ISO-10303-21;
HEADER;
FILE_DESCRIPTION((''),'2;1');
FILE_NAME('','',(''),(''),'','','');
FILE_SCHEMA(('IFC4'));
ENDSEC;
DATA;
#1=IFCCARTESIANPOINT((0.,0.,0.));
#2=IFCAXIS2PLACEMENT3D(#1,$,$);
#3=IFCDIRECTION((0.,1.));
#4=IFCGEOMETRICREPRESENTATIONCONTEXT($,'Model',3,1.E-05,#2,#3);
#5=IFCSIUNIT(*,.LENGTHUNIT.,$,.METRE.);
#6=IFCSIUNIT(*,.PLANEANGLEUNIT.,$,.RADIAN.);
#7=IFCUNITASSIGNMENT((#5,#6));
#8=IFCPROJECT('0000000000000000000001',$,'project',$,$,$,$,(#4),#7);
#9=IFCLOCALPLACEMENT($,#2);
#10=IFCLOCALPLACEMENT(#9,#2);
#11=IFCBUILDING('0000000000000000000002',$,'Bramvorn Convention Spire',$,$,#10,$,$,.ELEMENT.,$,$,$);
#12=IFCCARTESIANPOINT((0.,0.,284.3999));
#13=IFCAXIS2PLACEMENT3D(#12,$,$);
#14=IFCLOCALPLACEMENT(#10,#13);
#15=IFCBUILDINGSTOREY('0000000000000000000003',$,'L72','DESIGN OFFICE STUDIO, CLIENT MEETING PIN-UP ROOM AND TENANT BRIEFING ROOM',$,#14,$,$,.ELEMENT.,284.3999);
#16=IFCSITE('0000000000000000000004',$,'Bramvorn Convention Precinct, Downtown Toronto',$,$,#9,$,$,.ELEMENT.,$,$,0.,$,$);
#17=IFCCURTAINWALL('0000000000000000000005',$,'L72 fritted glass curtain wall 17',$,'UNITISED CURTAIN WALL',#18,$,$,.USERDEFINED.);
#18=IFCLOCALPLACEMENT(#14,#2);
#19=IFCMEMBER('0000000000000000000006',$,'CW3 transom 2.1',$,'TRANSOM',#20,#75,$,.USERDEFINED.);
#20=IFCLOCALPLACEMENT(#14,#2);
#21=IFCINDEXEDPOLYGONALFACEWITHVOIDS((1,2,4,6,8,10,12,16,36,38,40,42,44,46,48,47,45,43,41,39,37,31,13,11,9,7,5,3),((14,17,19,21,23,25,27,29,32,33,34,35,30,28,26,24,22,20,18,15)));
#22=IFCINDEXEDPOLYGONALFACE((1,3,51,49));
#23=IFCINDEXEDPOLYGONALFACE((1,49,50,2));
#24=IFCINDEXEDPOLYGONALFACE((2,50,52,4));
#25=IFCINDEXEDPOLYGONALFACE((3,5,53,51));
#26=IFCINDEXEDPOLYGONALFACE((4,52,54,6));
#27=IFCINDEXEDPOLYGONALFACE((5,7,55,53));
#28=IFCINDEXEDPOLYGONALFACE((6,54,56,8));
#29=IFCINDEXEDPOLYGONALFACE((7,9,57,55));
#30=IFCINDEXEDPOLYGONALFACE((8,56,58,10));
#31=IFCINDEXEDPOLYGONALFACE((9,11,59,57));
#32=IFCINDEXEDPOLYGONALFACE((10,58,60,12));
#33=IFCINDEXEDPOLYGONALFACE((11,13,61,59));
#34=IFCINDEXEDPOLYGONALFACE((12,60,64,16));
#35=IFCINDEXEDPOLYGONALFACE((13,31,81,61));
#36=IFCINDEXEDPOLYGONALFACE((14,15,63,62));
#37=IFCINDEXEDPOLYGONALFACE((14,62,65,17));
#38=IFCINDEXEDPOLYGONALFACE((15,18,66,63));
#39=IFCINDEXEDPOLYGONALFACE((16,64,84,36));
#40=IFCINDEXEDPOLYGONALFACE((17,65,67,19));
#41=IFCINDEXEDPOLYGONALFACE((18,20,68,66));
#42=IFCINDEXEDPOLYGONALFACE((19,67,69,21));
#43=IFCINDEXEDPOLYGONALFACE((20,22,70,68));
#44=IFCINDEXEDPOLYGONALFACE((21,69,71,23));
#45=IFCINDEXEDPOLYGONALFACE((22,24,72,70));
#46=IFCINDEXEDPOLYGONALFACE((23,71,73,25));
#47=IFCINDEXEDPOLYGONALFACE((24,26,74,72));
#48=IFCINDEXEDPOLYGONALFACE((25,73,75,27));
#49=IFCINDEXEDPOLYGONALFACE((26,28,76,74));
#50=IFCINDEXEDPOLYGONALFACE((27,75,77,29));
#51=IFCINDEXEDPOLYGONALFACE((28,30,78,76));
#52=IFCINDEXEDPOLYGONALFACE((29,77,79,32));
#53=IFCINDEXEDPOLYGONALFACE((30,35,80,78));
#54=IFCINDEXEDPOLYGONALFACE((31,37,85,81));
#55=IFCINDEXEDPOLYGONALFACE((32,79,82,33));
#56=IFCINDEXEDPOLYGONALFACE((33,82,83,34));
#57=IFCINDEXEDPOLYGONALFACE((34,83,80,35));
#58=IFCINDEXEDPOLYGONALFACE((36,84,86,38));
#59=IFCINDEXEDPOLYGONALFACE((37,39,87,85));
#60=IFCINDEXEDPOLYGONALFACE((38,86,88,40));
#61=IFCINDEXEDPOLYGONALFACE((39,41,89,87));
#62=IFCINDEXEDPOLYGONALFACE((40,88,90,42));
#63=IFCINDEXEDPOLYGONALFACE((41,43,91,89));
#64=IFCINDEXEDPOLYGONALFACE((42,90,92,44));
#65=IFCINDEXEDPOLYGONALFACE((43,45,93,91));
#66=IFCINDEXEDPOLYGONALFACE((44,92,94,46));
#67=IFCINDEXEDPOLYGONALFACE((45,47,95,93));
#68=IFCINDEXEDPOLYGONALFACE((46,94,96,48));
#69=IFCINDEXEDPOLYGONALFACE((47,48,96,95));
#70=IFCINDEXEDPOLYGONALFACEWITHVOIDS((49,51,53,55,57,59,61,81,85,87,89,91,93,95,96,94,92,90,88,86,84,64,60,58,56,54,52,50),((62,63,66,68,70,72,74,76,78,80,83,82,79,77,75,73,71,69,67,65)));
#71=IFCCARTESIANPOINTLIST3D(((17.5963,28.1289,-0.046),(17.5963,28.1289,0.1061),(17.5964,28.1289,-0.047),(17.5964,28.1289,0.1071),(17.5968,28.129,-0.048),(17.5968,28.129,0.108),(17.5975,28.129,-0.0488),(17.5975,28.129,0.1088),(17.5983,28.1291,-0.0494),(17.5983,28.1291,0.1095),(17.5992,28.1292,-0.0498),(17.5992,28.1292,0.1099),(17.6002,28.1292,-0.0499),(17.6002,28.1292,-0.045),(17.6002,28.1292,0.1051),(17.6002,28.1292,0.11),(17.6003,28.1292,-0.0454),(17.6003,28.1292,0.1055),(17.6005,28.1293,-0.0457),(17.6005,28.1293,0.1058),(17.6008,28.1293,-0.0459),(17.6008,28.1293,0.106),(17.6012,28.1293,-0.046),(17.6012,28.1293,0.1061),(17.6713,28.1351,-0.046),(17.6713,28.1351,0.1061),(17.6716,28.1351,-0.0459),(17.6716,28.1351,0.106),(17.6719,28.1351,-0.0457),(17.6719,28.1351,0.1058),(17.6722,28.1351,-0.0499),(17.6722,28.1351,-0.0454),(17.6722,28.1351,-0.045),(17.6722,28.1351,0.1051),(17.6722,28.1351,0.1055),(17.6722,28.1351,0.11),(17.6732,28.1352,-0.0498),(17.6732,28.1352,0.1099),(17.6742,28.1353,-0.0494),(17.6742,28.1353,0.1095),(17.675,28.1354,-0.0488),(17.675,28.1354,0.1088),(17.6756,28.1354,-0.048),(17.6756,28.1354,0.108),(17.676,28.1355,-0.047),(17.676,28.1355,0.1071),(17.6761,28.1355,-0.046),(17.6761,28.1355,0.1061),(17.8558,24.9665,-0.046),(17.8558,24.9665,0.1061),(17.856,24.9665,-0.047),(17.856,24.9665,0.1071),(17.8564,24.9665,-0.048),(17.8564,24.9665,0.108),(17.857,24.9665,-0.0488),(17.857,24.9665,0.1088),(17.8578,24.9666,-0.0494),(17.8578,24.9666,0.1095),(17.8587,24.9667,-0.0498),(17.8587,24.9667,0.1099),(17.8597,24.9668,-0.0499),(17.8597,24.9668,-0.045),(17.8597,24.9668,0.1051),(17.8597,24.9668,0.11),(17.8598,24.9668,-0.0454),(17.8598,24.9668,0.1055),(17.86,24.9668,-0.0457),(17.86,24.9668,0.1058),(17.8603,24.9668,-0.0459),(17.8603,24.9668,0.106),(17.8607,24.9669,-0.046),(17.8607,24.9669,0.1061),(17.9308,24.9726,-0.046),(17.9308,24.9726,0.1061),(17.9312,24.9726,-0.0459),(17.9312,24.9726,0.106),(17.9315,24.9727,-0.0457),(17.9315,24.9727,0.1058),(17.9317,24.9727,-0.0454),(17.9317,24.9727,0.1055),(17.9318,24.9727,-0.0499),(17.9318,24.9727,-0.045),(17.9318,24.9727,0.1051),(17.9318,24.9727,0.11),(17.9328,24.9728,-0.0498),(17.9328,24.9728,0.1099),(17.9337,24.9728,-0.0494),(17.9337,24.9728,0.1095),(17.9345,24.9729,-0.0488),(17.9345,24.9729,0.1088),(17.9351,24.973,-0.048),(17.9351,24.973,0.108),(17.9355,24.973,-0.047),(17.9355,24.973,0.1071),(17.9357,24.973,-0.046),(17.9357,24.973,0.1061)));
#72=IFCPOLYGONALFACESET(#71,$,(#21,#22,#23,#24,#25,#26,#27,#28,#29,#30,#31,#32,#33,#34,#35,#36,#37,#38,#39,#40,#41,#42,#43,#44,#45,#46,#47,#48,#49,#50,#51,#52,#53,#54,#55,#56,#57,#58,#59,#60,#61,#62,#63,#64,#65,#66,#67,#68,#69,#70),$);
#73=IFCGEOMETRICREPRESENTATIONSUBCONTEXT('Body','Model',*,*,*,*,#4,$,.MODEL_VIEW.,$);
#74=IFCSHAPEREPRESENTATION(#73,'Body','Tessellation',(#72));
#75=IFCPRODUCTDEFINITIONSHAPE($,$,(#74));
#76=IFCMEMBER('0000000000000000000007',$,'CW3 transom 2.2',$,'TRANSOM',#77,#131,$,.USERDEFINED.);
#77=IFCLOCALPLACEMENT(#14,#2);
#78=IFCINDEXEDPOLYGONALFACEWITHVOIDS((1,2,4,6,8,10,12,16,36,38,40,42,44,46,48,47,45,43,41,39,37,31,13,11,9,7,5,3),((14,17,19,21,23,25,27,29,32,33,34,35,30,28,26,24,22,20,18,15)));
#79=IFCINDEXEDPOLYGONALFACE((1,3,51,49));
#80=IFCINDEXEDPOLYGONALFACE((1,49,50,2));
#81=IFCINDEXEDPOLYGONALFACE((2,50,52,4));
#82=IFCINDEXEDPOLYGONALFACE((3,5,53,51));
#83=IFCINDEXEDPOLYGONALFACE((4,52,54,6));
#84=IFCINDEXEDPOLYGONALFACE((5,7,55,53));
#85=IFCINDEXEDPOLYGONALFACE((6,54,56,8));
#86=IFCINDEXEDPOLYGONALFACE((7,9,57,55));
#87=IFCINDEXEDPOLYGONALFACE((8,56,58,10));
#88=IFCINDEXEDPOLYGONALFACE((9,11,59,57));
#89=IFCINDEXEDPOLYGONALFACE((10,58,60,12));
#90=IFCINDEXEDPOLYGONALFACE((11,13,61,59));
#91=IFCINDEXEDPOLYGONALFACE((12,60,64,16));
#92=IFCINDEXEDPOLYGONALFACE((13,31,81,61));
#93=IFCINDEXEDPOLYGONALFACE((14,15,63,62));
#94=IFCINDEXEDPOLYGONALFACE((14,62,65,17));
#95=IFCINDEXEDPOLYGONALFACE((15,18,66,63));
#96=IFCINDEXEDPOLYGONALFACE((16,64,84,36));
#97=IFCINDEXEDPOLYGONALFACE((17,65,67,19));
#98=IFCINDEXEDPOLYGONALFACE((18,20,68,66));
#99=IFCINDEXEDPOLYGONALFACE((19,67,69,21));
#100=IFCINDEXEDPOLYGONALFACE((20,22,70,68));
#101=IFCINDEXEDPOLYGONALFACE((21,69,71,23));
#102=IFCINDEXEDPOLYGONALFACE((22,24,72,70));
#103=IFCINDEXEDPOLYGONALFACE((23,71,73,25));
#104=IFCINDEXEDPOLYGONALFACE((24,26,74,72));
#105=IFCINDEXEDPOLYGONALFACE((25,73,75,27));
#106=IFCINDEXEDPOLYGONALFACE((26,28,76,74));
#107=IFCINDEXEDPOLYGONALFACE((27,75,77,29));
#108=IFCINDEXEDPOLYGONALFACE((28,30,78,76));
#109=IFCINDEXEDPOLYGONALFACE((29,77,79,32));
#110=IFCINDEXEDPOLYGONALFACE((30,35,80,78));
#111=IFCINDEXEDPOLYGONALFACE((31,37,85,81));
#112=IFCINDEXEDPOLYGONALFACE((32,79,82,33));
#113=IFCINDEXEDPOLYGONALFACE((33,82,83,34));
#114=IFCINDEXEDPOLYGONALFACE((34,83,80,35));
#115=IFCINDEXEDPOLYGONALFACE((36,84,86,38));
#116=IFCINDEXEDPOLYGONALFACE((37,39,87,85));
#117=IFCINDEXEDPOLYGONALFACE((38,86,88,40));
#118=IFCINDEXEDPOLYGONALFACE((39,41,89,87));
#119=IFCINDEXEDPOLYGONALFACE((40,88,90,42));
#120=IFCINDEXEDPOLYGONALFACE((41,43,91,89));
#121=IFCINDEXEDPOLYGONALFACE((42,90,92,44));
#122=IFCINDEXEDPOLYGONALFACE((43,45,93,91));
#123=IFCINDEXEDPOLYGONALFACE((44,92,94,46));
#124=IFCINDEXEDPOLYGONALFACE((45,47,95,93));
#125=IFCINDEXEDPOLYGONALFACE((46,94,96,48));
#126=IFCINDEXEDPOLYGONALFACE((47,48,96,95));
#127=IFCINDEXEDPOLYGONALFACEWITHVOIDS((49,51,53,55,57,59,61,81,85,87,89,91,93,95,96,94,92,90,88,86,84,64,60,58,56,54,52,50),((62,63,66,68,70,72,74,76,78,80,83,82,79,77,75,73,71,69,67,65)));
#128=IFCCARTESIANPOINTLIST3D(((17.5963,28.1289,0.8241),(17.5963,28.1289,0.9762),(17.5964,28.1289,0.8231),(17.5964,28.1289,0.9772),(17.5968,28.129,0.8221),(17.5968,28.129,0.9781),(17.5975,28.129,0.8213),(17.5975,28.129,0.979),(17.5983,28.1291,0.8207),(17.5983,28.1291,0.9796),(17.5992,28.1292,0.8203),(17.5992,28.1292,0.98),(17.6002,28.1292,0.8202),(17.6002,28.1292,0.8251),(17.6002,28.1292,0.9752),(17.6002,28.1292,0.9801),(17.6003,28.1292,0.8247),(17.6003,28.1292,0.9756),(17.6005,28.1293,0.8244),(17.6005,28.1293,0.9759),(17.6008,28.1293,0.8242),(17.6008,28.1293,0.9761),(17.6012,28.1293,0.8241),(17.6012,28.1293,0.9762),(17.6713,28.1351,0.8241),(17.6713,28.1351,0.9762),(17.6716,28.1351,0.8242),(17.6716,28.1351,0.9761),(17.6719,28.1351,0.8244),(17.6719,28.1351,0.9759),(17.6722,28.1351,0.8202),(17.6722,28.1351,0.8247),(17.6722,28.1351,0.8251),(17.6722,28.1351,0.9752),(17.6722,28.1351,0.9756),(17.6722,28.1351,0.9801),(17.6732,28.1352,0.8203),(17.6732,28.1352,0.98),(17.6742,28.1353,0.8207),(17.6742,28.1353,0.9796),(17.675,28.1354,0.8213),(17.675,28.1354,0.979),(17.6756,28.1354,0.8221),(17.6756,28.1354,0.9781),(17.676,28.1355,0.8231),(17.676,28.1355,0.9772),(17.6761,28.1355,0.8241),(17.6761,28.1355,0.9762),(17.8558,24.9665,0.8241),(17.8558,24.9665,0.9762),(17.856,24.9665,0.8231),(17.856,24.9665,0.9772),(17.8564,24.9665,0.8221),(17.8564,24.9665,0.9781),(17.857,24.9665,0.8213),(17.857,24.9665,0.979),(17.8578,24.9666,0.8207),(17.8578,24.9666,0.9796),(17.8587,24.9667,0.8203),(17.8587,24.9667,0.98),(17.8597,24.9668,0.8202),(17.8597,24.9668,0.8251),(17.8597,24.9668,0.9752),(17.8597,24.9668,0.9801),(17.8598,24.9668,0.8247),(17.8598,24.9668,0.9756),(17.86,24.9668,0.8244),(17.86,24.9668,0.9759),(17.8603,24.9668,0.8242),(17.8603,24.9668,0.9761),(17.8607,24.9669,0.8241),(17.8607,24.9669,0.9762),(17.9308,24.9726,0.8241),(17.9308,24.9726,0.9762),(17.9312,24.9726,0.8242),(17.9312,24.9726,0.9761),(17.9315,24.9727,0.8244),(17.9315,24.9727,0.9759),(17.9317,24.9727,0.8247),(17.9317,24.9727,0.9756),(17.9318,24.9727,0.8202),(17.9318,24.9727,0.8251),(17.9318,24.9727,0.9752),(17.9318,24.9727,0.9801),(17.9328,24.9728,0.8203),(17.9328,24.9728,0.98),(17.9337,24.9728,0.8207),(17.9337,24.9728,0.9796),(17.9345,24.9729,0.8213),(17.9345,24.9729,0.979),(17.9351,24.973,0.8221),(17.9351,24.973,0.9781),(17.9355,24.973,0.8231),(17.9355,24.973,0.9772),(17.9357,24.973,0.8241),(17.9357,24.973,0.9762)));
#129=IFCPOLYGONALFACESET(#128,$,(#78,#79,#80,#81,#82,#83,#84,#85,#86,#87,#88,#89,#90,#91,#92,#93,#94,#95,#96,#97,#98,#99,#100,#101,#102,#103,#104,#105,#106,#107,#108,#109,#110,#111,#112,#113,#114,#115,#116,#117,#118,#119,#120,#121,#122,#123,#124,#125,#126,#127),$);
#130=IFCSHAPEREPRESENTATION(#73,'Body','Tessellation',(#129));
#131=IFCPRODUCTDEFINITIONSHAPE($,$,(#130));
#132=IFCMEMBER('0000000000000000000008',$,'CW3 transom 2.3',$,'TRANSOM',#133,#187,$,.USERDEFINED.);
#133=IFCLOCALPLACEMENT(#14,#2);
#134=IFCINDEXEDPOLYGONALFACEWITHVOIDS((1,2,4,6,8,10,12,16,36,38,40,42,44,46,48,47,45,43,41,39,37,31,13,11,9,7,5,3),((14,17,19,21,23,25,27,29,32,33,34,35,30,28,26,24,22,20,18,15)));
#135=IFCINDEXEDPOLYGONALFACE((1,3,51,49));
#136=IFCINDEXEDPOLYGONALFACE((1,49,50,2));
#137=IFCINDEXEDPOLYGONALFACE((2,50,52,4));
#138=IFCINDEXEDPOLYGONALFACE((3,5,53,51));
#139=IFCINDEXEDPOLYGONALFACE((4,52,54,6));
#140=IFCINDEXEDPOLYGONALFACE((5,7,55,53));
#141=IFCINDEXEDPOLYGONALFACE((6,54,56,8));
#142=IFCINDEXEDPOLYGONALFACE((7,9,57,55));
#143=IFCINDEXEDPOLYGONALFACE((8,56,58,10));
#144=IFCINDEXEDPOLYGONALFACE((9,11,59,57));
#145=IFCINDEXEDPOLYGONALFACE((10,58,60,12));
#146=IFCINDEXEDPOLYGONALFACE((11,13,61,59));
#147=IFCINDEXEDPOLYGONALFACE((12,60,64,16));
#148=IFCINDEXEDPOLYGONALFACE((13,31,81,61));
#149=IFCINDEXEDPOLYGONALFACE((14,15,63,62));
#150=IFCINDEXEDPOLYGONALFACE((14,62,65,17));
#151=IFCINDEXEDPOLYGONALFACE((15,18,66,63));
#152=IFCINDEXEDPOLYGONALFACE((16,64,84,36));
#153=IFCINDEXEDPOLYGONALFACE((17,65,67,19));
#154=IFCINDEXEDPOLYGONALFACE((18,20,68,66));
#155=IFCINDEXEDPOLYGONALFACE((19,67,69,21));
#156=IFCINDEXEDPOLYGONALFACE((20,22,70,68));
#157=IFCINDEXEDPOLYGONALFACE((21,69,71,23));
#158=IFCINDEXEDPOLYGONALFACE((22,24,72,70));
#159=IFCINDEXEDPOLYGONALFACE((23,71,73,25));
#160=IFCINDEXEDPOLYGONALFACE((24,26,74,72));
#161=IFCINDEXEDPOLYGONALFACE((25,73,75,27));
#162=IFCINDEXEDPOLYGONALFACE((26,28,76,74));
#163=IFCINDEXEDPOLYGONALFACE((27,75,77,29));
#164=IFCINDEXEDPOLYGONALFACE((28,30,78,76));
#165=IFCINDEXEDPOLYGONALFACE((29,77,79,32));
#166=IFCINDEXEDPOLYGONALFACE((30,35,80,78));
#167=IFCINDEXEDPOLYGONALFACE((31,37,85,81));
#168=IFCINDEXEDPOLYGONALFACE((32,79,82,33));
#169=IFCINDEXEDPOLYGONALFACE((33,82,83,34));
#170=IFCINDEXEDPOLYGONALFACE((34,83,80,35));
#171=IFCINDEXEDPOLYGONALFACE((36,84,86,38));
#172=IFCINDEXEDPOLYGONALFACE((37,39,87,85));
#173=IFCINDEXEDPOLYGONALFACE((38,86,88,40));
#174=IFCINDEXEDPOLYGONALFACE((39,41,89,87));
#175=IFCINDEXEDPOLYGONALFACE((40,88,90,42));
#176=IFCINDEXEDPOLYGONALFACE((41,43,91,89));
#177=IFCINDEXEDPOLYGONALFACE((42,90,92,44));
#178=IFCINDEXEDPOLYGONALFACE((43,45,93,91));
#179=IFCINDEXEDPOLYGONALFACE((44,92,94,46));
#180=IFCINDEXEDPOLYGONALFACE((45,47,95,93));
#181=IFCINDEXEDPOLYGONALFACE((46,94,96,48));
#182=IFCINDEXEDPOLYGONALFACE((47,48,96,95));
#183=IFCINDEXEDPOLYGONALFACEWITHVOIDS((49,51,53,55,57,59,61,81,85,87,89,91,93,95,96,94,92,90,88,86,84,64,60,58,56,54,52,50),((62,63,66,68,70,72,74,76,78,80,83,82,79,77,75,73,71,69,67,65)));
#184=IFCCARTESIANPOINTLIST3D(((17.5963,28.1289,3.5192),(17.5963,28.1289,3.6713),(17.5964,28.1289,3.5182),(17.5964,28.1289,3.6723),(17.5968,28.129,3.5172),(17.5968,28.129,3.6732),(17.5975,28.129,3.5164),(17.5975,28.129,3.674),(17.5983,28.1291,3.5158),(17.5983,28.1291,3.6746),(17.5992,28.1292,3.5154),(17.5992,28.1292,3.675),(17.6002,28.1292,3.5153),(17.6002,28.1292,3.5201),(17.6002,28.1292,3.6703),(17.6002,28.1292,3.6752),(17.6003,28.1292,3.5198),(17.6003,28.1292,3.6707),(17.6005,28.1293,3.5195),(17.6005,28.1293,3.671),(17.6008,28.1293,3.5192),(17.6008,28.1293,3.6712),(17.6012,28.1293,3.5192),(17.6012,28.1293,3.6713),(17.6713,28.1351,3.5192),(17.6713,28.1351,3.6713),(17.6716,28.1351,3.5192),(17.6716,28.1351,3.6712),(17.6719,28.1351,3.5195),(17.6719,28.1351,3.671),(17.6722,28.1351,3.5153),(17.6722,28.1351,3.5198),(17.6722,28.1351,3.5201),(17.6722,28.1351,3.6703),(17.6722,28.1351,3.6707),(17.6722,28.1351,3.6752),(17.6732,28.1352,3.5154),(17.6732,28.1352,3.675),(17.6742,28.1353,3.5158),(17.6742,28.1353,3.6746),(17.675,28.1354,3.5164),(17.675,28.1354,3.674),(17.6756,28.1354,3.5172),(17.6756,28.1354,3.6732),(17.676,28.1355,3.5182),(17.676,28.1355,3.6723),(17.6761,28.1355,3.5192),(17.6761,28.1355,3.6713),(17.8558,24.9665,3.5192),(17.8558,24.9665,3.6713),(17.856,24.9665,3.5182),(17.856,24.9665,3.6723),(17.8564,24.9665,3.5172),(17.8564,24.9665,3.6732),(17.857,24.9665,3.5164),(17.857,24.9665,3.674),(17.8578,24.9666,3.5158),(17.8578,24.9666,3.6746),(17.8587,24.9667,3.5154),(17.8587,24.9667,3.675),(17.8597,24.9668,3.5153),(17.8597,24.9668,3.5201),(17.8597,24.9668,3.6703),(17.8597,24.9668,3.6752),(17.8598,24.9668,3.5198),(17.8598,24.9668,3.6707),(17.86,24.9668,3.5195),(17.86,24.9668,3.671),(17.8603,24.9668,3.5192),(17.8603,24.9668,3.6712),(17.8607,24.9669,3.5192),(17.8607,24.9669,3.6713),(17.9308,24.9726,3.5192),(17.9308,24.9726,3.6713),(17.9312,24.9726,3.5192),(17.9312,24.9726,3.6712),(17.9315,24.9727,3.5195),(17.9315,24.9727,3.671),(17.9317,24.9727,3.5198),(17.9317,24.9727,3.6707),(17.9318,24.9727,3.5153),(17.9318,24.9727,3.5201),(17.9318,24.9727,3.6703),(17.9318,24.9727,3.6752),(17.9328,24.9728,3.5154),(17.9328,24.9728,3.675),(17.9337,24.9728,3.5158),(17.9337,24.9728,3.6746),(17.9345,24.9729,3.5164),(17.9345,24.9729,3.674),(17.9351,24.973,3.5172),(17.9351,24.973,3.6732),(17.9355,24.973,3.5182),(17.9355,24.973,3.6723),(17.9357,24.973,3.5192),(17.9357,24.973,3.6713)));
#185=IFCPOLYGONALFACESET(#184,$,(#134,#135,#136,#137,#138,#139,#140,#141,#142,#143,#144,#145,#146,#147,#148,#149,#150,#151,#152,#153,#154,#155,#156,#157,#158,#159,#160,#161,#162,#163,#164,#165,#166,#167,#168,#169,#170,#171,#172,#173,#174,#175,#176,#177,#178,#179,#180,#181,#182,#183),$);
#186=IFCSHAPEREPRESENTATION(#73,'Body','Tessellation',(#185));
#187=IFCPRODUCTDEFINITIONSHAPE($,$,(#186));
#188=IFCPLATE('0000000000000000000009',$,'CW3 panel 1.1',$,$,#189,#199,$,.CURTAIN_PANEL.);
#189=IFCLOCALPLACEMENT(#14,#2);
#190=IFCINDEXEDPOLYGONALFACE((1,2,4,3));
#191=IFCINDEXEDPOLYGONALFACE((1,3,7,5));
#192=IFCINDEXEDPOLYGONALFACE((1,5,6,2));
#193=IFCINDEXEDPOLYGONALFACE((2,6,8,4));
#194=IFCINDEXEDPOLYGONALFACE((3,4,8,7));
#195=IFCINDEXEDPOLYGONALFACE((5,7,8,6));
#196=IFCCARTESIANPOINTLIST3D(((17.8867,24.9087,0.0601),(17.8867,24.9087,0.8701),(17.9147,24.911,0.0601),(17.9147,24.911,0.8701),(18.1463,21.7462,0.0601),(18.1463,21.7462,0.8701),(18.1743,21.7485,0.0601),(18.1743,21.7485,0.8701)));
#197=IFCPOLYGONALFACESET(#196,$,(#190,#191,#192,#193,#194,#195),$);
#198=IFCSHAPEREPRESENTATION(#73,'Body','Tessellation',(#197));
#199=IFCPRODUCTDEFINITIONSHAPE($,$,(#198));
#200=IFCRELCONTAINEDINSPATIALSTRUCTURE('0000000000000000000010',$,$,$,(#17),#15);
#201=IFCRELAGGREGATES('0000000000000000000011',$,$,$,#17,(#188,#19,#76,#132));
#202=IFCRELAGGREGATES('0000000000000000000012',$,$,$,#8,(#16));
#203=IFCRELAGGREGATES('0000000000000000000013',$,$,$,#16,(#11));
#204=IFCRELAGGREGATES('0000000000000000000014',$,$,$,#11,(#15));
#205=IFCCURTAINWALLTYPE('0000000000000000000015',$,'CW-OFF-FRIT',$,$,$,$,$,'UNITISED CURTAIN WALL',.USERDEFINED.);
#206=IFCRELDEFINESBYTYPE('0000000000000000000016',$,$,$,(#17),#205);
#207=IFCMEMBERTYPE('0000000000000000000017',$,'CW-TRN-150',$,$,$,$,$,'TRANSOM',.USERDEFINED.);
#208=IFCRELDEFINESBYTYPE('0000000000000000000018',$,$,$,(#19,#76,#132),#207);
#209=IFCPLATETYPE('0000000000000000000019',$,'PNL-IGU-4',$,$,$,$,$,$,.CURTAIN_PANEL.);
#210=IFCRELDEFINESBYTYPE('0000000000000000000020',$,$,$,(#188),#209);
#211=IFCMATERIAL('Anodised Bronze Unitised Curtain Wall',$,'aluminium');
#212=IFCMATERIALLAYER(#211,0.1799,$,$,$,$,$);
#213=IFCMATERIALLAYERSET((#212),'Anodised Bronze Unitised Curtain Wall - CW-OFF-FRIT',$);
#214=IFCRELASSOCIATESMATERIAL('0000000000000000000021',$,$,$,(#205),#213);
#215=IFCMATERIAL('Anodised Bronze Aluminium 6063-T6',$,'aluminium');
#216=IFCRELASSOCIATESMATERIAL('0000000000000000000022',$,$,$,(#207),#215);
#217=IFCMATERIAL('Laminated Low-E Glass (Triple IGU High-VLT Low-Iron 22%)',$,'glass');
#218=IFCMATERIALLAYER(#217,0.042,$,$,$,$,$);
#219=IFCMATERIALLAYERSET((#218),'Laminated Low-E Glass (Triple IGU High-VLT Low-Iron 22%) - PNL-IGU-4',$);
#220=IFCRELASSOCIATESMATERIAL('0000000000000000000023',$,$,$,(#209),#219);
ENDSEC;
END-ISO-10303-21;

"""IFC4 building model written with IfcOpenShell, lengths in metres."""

from ifc_helpers import new_model, si_unit, direction, frame, origin, origin_2d, place, context, subcontext, project, spatial, rectangle, hollow_rectangle, extrude, material, layer, layer_set, material_profile, profile_set, type_object, element, aggregate, save


model = new_model("IFC4")

# Units and contexts
model_context = context("Model", 3, precision=1e-05, world=origin(), true_north=direction((0.0, 1.0)))
body_context = subcontext(model_context, "Body", "Model", "MODEL_VIEW")
ifc_project = project(units=[si_unit("LENGTHUNIT", "METRE"), si_unit("PLANEANGLEUNIT", "RADIAN")], contexts=[model_context])

# Site, building, storey
site_placement = place(None, origin())
site = spatial("IfcSite", under=ifc_project, at=site_placement, Name="Bramvorn Convention Precinct, Downtown Toronto", CompositionType="ELEMENT", RefElevation=0.0)
building_placement = place(site_placement, origin())
building = spatial("IfcBuilding", under=site, at=building_placement, Name="Bramvorn Convention Spire", CompositionType="ELEMENT")
storey_placement = place(building_placement, frame((0.0, 0.0, 284.3999)))
storey = spatial("IfcBuildingStorey", under=building, at=storey_placement, Name="L72", Description="DESIGN OFFICE STUDIO, CLIENT MEETING PIN-UP ROOM AND TENANT BRIEFING ROOM", CompositionType="ELEMENT", Elevation=284.3999)

# Curtain wall, members, plate
ifc_material_1 = material(Name="Anodised Bronze Unitised Curtain Wall", Category="aluminium")
ifc_layer_1 = layer(ifc_material_1, 0.1799)
ifc_layer_set_1 = layer_set([ifc_layer_1], Name="Anodised Bronze Unitised Curtain Wall - CW-OFF-FRIT")
curtain_wall_type = type_object("IfcCurtainWallType", Name="CW-OFF-FRIT", ElementType="UNITISED CURTAIN WALL", PredefinedType="USERDEFINED", material=ifc_layer_set_1)
curtain_wall_placement = place(storey_placement, origin())
curtain_wall = element("IfcCurtainWall", 1, at=curtain_wall_placement, inside=storey, type_object=curtain_wall_type, Name="L72 fritted glass curtain wall 17", ObjectType="UNITISED CURTAIN WALL", PredefinedType="USERDEFINED")
ifc_material_2 = material(Name="Anodised Bronze Aluminium 6063-T6", Category="aluminium")
ifc_material_profile_1 = material_profile(ifc_material_2, hollow_rectangle(XDim=0.0801, YDim=0.1599, WallThickness=0.0039, InnerFilletRadius=0.001, OuterFilletRadius=0.0039, at=origin_2d()))
ifc_profile_set_1 = profile_set([ifc_material_profile_1], Name="Anodised Bronze Aluminium 6063-T6 - CWT80X160")
member_type_1 = type_object("IfcMemberType", Name="CW-TRN-150", ElementType="TRANSOM", PredefinedType="USERDEFINED", material=ifc_profile_set_1)
member_1_placement = place(storey_placement, frame((17.8958, 24.9697, 0.03), z_axis=(-0.081791, 0.99665, 0.0), x_axis=(-0.99665, -0.081791, 0.0)))
member_1 = element("IfcMember", 2, at=member_1_placement, type_object=member_type_1, Name="CW3 transom 2.1", ObjectType="TRANSOM", PredefinedType="USERDEFINED", context=body_context, shape_type="SweptSolid", body=[
    extrude(hollow_rectangle(XDim=0.0801, YDim=0.1599, WallThickness=0.0039, InnerFilletRadius=0.001, OuterFilletRadius=0.0039, at=origin_2d()), origin(), (0.0, 0.0, 1.0), 3.1731),
])
member_2_placement = place(storey_placement, frame((17.8958, 24.9697, 0.9001), z_axis=(-0.081791, 0.99665, 0.0), x_axis=(-0.99665, -0.081791, 0.0)))
member_2 = element("IfcMember", 3, at=member_2_placement, type_object=member_type_1, Name="CW3 transom 2.2", ObjectType="TRANSOM", PredefinedType="USERDEFINED", context=body_context, shape_type="SweptSolid", body=[
    extrude(hollow_rectangle(XDim=0.0801, YDim=0.1599, WallThickness=0.0039, InnerFilletRadius=0.001, OuterFilletRadius=0.0039, at=origin_2d()), origin(), (0.0, 0.0, 1.0), 3.1731),
])
member_3_placement = place(storey_placement, frame((17.8958, 24.9697, 3.5952), z_axis=(-0.081791, 0.99665, 0.0), x_axis=(-0.99665, -0.081791, 0.0)))
member_3 = element("IfcMember", 4, at=member_3_placement, type_object=member_type_1, Name="CW3 transom 2.3", ObjectType="TRANSOM", PredefinedType="USERDEFINED", context=body_context, shape_type="SweptSolid", body=[
    extrude(hollow_rectangle(XDim=0.0801, YDim=0.1599, WallThickness=0.0039, InnerFilletRadius=0.001, OuterFilletRadius=0.0039, at=origin_2d()), origin(), (0.0, 0.0, 1.0), 3.1731),
])
ifc_material_3 = material(Name="Laminated Low-E Glass (Triple IGU High-VLT Low-Iron 22%)", Category="glass")
ifc_layer_2 = layer(ifc_material_3, 0.042)
ifc_layer_set_2 = layer_set([ifc_layer_2], Name="Laminated Low-E Glass (Triple IGU High-VLT Low-Iron 22%) - PNL-IGU-4")
plate_type = type_object("IfcPlateType", Name="PNL-IGU-4", PredefinedType="CURTAIN_PANEL", material=ifc_layer_set_2)
plate_1_placement = place(storey_placement, frame((18.0305, 23.3286, 0.0601), z_axis=(0.0, 0.0, 1.0), x_axis=(-0.081809, 0.996648, 0.0)))
plate_1 = element("IfcPlate", 5, at=plate_1_placement, type_object=plate_type, Name="CW3 panel 1.1", PredefinedType="CURTAIN_PANEL", context=body_context, shape_type="SweptSolid", body=[
    extrude(rectangle(XDim=3.1731, YDim=0.0281, at=origin_2d()), origin(), (0.0, 0.0, 1.0), 0.8101),
])
aggregate(curtain_wall, [plate_1, member_1, member_2, member_3])

save(model, "model.ifc")
